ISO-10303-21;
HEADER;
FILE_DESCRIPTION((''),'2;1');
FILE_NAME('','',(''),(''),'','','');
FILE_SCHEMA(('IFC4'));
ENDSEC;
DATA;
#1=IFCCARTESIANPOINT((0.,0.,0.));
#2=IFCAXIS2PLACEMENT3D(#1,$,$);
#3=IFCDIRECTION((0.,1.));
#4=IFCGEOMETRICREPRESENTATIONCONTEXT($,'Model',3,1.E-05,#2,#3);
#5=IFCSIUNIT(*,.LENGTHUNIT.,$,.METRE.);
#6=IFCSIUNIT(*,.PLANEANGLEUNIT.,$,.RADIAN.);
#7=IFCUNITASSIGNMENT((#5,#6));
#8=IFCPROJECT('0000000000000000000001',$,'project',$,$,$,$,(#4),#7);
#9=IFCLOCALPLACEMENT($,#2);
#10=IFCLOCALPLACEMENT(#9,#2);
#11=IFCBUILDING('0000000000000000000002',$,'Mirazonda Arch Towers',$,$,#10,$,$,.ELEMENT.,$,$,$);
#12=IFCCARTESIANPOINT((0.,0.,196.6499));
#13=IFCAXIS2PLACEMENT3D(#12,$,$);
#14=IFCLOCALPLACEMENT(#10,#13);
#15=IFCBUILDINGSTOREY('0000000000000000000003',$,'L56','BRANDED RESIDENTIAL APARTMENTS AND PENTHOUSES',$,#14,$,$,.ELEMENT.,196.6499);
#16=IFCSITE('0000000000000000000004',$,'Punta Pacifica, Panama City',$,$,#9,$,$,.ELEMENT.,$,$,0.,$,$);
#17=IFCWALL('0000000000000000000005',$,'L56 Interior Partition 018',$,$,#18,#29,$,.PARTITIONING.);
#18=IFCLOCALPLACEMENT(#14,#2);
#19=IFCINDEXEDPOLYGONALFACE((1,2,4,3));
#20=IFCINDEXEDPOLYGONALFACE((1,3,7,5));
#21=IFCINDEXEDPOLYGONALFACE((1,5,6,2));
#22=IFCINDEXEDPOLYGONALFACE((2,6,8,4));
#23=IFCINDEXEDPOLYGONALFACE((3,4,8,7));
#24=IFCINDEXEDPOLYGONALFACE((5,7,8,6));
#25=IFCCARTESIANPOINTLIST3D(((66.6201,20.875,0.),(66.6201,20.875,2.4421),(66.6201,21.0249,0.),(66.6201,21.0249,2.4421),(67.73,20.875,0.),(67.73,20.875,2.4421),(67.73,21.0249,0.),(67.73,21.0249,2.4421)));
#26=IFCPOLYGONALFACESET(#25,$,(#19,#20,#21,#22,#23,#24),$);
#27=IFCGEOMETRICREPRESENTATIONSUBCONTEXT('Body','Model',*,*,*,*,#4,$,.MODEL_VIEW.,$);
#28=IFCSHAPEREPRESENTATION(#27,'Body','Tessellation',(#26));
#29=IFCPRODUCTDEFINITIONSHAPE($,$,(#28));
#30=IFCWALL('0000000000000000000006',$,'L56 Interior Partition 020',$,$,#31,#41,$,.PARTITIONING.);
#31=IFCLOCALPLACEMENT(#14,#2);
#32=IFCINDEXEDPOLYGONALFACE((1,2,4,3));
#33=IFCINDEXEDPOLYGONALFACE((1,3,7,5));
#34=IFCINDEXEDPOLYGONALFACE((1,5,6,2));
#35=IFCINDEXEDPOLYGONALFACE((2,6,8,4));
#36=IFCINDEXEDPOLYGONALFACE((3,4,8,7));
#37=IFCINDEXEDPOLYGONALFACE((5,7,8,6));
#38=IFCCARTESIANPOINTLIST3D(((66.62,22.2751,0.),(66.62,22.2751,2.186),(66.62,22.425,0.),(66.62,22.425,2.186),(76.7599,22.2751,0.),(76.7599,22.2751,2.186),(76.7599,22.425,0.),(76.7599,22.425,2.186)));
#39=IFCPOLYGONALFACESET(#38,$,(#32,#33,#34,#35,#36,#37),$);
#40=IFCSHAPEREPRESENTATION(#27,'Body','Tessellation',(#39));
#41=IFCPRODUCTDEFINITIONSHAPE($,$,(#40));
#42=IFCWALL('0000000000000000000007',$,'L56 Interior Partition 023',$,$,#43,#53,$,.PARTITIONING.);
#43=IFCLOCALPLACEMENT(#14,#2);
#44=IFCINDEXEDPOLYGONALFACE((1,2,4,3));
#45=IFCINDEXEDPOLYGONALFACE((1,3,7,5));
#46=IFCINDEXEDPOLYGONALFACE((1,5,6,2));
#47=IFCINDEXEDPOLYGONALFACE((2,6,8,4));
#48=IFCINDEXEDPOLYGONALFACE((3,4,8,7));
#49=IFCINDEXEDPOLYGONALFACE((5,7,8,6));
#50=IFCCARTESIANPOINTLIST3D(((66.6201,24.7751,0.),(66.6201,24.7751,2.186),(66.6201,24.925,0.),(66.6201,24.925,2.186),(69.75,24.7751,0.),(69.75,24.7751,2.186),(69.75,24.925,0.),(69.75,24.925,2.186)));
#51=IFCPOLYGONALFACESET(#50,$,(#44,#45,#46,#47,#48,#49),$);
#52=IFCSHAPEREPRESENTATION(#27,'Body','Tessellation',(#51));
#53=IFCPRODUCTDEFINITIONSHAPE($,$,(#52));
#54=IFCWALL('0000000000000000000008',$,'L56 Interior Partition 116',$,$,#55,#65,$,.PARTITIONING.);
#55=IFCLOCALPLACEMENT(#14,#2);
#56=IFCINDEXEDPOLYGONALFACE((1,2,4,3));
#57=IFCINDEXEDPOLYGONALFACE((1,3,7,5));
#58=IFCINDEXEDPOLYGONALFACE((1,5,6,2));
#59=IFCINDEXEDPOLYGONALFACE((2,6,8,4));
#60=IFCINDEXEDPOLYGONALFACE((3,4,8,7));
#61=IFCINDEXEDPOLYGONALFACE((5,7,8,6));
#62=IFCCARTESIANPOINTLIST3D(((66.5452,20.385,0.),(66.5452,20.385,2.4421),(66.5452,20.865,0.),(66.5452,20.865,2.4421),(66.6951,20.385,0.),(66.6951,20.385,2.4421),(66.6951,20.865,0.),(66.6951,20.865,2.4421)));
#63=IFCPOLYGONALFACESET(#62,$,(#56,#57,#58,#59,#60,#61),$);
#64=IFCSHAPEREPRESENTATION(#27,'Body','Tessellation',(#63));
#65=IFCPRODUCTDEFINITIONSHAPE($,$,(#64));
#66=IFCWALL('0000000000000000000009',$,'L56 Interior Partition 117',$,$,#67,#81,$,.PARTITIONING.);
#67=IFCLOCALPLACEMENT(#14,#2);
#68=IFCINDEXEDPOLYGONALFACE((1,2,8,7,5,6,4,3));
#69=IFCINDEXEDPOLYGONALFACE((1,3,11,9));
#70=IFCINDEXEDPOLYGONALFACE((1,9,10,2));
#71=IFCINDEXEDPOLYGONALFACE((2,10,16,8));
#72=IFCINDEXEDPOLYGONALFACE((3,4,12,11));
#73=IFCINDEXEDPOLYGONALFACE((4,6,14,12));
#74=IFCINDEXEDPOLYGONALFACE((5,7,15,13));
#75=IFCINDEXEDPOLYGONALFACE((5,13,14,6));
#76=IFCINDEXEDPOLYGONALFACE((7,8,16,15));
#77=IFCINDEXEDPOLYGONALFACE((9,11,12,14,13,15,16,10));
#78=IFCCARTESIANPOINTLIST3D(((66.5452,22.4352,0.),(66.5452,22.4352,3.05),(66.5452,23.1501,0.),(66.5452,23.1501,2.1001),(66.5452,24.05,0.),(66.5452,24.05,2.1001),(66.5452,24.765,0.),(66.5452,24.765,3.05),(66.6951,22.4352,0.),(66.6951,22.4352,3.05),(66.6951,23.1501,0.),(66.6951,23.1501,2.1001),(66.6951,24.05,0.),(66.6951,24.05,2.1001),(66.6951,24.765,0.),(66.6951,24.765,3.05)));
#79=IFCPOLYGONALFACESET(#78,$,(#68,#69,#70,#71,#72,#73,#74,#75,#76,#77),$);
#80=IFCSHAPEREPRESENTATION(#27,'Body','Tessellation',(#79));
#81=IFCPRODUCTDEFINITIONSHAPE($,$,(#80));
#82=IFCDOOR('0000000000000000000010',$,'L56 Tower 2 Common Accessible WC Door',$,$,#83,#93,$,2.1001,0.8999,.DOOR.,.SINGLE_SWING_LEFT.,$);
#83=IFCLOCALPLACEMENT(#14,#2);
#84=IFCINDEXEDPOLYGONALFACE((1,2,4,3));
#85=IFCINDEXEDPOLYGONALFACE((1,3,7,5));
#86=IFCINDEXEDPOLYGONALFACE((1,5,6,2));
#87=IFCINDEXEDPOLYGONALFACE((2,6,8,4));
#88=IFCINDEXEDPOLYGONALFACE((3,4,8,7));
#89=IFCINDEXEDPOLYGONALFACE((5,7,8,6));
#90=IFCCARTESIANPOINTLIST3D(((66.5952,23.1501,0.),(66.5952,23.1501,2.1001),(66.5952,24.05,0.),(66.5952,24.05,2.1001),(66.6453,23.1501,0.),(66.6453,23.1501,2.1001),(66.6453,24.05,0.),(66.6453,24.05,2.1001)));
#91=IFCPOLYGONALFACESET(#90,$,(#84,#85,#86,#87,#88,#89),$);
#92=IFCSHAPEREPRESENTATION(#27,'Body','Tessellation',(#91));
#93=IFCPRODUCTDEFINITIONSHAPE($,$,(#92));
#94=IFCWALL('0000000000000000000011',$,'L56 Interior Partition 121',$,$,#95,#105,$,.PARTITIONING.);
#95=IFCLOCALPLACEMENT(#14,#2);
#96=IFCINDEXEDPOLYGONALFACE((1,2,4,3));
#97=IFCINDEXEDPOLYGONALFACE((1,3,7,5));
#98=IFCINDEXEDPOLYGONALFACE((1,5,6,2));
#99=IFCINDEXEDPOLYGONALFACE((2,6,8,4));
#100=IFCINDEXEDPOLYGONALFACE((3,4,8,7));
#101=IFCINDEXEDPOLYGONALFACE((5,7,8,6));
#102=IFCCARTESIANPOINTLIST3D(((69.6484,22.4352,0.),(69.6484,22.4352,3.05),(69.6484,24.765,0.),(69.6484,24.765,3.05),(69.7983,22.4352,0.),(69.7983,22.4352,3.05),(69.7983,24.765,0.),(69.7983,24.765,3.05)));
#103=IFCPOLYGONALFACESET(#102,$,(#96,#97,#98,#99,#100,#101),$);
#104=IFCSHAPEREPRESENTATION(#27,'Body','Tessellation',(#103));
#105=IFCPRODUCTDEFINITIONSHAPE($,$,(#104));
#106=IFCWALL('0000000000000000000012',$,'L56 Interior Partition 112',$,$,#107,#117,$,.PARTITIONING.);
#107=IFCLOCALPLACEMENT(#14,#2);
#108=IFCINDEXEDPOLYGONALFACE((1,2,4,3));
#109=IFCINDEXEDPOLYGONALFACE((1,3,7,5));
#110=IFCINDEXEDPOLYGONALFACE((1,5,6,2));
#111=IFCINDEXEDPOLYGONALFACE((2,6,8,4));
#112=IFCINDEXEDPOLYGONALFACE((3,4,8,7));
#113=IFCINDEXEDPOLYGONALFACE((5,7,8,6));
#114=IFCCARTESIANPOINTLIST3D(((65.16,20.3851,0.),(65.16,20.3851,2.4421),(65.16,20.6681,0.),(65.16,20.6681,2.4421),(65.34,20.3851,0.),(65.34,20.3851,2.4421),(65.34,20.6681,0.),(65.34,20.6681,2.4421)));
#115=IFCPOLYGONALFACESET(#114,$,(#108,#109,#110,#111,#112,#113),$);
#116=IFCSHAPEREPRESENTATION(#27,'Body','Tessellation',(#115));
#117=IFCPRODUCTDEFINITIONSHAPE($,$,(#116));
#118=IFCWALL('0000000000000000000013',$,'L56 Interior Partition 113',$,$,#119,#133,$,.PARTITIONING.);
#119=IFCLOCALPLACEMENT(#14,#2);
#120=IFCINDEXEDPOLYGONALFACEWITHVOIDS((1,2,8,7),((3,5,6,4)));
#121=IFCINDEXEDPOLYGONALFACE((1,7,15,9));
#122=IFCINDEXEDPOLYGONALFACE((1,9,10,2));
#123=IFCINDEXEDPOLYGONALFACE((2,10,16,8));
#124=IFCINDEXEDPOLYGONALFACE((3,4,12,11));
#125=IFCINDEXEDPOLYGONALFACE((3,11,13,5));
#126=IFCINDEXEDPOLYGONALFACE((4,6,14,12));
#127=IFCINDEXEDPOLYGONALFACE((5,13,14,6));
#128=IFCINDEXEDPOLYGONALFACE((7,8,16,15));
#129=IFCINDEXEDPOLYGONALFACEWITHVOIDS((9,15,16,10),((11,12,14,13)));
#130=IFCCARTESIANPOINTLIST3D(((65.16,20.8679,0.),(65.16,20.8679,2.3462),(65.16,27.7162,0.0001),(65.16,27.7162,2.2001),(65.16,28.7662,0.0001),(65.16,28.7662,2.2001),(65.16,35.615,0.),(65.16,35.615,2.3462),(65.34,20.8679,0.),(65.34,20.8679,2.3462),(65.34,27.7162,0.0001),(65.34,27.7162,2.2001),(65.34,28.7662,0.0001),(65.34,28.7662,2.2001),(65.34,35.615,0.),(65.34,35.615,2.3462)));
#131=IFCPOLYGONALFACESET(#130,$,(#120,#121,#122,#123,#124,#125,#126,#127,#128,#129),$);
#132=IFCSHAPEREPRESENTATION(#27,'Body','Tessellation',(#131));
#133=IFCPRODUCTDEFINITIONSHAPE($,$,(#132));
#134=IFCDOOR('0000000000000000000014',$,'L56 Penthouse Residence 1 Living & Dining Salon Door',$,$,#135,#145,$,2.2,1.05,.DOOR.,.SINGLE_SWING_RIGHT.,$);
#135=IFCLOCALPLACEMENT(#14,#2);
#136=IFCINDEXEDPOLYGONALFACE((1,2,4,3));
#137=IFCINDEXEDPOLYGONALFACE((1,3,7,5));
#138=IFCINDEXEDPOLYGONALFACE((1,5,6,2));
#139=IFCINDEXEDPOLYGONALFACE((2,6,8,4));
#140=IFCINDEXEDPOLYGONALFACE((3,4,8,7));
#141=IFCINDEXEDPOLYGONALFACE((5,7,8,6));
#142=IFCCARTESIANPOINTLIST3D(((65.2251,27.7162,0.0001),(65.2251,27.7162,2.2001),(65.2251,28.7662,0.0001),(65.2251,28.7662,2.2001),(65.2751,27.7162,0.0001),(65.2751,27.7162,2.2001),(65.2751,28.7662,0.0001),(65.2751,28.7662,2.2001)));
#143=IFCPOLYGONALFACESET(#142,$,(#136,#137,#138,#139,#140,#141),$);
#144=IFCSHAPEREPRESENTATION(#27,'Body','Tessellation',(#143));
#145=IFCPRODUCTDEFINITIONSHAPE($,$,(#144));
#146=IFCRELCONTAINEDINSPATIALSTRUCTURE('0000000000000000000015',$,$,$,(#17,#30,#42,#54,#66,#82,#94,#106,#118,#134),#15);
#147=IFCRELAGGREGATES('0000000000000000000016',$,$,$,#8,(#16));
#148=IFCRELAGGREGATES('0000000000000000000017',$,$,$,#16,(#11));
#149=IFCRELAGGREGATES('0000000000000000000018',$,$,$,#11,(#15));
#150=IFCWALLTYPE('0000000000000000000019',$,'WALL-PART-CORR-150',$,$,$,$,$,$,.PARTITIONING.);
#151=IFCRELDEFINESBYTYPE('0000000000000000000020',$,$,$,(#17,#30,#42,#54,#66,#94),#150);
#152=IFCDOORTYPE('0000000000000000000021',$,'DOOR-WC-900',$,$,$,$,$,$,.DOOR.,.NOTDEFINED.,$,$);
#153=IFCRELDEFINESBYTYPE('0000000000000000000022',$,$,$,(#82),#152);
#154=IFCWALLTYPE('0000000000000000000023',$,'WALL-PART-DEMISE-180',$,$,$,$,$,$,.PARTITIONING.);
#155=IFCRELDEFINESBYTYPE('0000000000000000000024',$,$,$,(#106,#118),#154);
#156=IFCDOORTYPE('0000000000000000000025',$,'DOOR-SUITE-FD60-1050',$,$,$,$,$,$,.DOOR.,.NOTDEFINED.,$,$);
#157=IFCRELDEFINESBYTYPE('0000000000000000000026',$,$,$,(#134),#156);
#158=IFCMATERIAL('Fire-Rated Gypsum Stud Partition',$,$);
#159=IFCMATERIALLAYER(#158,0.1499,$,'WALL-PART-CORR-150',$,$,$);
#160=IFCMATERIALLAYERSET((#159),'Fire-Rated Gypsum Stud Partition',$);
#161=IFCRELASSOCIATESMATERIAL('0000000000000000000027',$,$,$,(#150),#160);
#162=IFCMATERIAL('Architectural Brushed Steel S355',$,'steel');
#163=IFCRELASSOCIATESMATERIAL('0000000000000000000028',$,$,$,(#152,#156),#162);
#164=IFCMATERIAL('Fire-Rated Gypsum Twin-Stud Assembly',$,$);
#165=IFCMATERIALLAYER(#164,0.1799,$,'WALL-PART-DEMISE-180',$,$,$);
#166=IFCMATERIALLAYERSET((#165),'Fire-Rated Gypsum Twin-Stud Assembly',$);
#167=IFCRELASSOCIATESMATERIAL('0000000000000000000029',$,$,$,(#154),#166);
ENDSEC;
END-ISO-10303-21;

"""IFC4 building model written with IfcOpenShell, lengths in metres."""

from ifc_helpers import new_model, si_unit, direction, frame, frame_2d, origin, place, context, subcontext, project, spatial, rectangle, extrude, material, layer, layer_set, type_object, element, fill, save


model = new_model("IFC4")

# Units and contexts
model_context = context("Model", 3, precision=1e-05, world=origin(), true_north=direction((0.0, 1.0)))
body_context = subcontext(model_context, "Body", "Model", "MODEL_VIEW")
ifc_project = project(units=[si_unit("LENGTHUNIT", "METRE"), si_unit("PLANEANGLEUNIT", "RADIAN")], contexts=[model_context])

# Site, building, storey
site_placement = place(None, origin())
site = spatial("IfcSite", under=ifc_project, at=site_placement, Name="Punta Pacifica, Panama City", CompositionType="ELEMENT", RefElevation=0.0)
building_placement = place(site_placement, origin())
building = spatial("IfcBuilding", under=site, at=building_placement, Name="Mirazonda Arch Towers", CompositionType="ELEMENT")
storey_placement = place(building_placement, frame((0.0, 0.0, 196.6499)))
storey = spatial("IfcBuildingStorey", under=building, at=storey_placement, Name="L56", Description="BRANDED RESIDENTIAL APARTMENTS AND PENTHOUSES", CompositionType="ELEMENT", Elevation=196.6499)

# Shared definitions
ifc_material_1 = material(Name="Architectural Brushed Steel S355", Category="steel")

# Walls
ifc_material_2 = material(Name="Fire-Rated Gypsum Stud Partition")
ifc_layer_1 = layer(ifc_material_2, 0.1499, Name="WALL-PART-CORR-150")
ifc_layer_set_1 = layer_set([ifc_layer_1], Name="Fire-Rated Gypsum Stud Partition")
wall_type_1 = type_object("IfcWallType", Name="WALL-PART-CORR-150", PredefinedType="PARTITIONING", material=ifc_layer_set_1)
wall_1_placement = place(storey_placement, frame((66.6201, 20.95, 0.0), z_axis=(0.0, 0.0, 1.0), x_axis=(1.0, 0.0, 0.0)))
element("IfcWall", 1, at=wall_1_placement, inside=storey, type_object=wall_type_1, Name="L56 Interior Partition 018", PredefinedType="PARTITIONING", context=body_context, shape_type="SweptSolid", body=[
    extrude(rectangle(XDim=1.1099, YDim=0.1499, at=frame_2d((0.5549, 0.0))), origin(), (0.0, 0.0, 1.0), 2.4421),
])
wall_2_placement = place(storey_placement, frame((66.6201, 22.3501, 0.0), z_axis=(0.0, 0.0, 1.0), x_axis=(1.0, 0.0, 0.0)))
element("IfcWall", 2, at=wall_2_placement, inside=storey, type_object=wall_type_1, Name="L56 Interior Partition 020", PredefinedType="PARTITIONING", context=body_context, shape_type="SweptSolid", body=[
    extrude(rectangle(XDim=10.1399, YDim=0.1499, at=frame_2d((5.0698, 0.0))), origin(), (0.0, 0.0, 1.0), 2.186),
])
wall_3_placement = place(storey_placement, frame((66.6201, 24.8501, 0.0), z_axis=(0.0, 0.0, 1.0), x_axis=(1.0, 0.0, 0.0)))
element("IfcWall", 3, at=wall_3_placement, inside=storey, type_object=wall_type_1, Name="L56 Interior Partition 023", PredefinedType="PARTITIONING", context=body_context, shape_type="SweptSolid", body=[
    extrude(rectangle(XDim=3.1299, YDim=0.1499, at=frame_2d((1.5649, 0.0))), origin(), (0.0, 0.0, 1.0), 2.186),
])
wall_4_placement = place(storey_placement, frame((66.6201, 20.385, 0.0), z_axis=(0.0, 0.0, 1.0), x_axis=(0.0, 1.0, 0.0)))
element("IfcWall", 4, at=wall_4_placement, inside=storey, type_object=wall_type_1, Name="L56 Interior Partition 116", PredefinedType="PARTITIONING", context=body_context, shape_type="SweptSolid", body=[
    extrude(rectangle(XDim=0.48, YDim=0.1499, at=frame_2d((0.24, 0.0))), origin(), (0.0, 0.0, 1.0), 2.4421),
])

# Wall, opening, door
wall_5_placement = place(storey_placement, frame((66.6201, 22.4351, 0.0), z_axis=(0.0, 0.0, 1.0), x_axis=(0.0, 1.0, 0.0)))
wall_5 = element("IfcWall", 5, at=wall_5_placement, inside=storey, type_object=wall_type_1, Name="L56 Interior Partition 117", PredefinedType="PARTITIONING", context=body_context, shape_type="SweptSolid", body=[
    extrude(rectangle(XDim=2.3298, YDim=0.1499, at=frame_2d((1.165, 0.0))), origin(), (0.0, 0.0, 1.0), 3.05),
])
opening_1_placement = place(wall_5_placement, frame((0.7151, 0.0, 0.0)))
opening_1 = element("IfcOpeningElement", 6, at=opening_1_placement, cuts=wall_5, PredefinedType="OPENING", context=body_context, shape_type="SweptSolid", body=[
    extrude(rectangle(XDim=0.8999, YDim=2.1001, at=frame_2d((0.45, 1.05))), frame((0.0, 0.085, 0.0), z_axis=(0.0, -1.0, 0.0), x_axis=(1.0, 0.0, 0.0)), (0.0, 0.0, 1.0), 0.1699),
])
door_type_1 = type_object("IfcDoorType", Name="DOOR-WC-900", OperationType="NOTDEFINED", PredefinedType="DOOR", material=ifc_material_1)
door_1_placement = place(opening_1_placement, origin())
door_1 = element("IfcDoor", 7, at=door_1_placement, inside=storey, type_object=door_type_1, Name="L56 Tower 2 Common Accessible WC Door", OperationType="SINGLE_SWING_LEFT", OverallHeight=2.1001, OverallWidth=0.8999, PredefinedType="DOOR", context=body_context, shape_type="SweptSolid", body=[
    extrude(rectangle(XDim=0.8999, YDim=2.1001, at=frame_2d((0.45, 1.05))), frame((0.0, 0.0249, 0.0), z_axis=(0.0, -1.0, 0.0), x_axis=(1.0, 0.0, 0.0)), (0.0, 0.0, 1.0), 0.05),
])
fill(opening_1, door_1)

# Walls
wall_6_placement = place(storey_placement, frame((69.7234, 22.4351, 0.0), z_axis=(0.0, 0.0, 1.0), x_axis=(0.0, 1.0, 0.0)))
element("IfcWall", 8, at=wall_6_placement, inside=storey, type_object=wall_type_1, Name="L56 Interior Partition 121", PredefinedType="PARTITIONING", context=body_context, shape_type="SweptSolid", body=[
    extrude(rectangle(XDim=2.3298, YDim=0.1499, at=frame_2d((1.165, 0.0))), origin(), (0.0, 0.0, 1.0), 3.05),
])
ifc_material_3 = material(Name="Fire-Rated Gypsum Twin-Stud Assembly")
ifc_layer_2 = layer(ifc_material_3, 0.1799, Name="WALL-PART-DEMISE-180")
ifc_layer_set_2 = layer_set([ifc_layer_2], Name="Fire-Rated Gypsum Twin-Stud Assembly")
wall_type_2 = type_object("IfcWallType", Name="WALL-PART-DEMISE-180", PredefinedType="PARTITIONING", material=ifc_layer_set_2)
wall_7_placement = place(storey_placement, frame((65.25, 20.385, 0.0), z_axis=(0.0, 0.0, 1.0), x_axis=(0.0, 1.0, 0.0)))
element("IfcWall", 9, at=wall_7_placement, inside=storey, type_object=wall_type_2, Name="L56 Interior Partition 112", PredefinedType="PARTITIONING", context=body_context, shape_type="SweptSolid", body=[
    extrude(rectangle(XDim=0.283, YDim=0.1799, at=frame_2d((0.1416, 0.0))), origin(), (0.0, 0.0, 1.0), 2.4421),
])

# Wall, opening, door
wall_8_placement = place(storey_placement, frame((65.25, 20.8679, 0.0), z_axis=(0.0, 0.0, 1.0), x_axis=(0.0, 1.0, 0.0)))
wall_8 = element("IfcWall", 10, at=wall_8_placement, inside=storey, type_object=wall_type_2, Name="L56 Interior Partition 113", PredefinedType="PARTITIONING", context=body_context, shape_type="SweptSolid", body=[
    extrude(rectangle(XDim=14.7471, YDim=0.1799, at=frame_2d((7.3735, 0.0))), origin(), (0.0, 0.0, 1.0), 2.3462),
])
opening_2_placement = place(wall_8_placement, frame((6.8484, 0.0, 0.0)))
opening_2 = element("IfcOpeningElement", 11, at=opening_2_placement, cuts=wall_8, PredefinedType="OPENING", context=body_context, shape_type="SweptSolid", body=[
    extrude(rectangle(XDim=1.05, YDim=2.2, at=frame_2d((0.5249, 1.1001))), frame((0.0, 0.0999, 0.0), z_axis=(0.0, -1.0, 0.0), x_axis=(1.0, 0.0, 0.0)), (0.0, 0.0, 1.0), 0.2),
])
door_type_2 = type_object("IfcDoorType", Name="DOOR-SUITE-FD60-1050", OperationType="NOTDEFINED", PredefinedType="DOOR", material=ifc_material_1)
door_2_placement = place(opening_2_placement, origin())
door_2 = element("IfcDoor", 12, at=door_2_placement, inside=storey, type_object=door_type_2, Name="L56 Penthouse Residence 1 Living & Dining Salon Door", OperationType="SINGLE_SWING_RIGHT", OverallHeight=2.2, OverallWidth=1.05, PredefinedType="DOOR", context=body_context, shape_type="SweptSolid", body=[
    extrude(rectangle(XDim=1.05, YDim=2.2, at=frame_2d((0.5249, 1.1001))), frame((0.0, 0.0249, 0.0), z_axis=(0.0, -1.0, 0.0), x_axis=(1.0, 0.0, 0.0)), (0.0, 0.0, 1.0), 0.05),
])
fill(opening_2, door_2)

save(model, "model.ifc")
